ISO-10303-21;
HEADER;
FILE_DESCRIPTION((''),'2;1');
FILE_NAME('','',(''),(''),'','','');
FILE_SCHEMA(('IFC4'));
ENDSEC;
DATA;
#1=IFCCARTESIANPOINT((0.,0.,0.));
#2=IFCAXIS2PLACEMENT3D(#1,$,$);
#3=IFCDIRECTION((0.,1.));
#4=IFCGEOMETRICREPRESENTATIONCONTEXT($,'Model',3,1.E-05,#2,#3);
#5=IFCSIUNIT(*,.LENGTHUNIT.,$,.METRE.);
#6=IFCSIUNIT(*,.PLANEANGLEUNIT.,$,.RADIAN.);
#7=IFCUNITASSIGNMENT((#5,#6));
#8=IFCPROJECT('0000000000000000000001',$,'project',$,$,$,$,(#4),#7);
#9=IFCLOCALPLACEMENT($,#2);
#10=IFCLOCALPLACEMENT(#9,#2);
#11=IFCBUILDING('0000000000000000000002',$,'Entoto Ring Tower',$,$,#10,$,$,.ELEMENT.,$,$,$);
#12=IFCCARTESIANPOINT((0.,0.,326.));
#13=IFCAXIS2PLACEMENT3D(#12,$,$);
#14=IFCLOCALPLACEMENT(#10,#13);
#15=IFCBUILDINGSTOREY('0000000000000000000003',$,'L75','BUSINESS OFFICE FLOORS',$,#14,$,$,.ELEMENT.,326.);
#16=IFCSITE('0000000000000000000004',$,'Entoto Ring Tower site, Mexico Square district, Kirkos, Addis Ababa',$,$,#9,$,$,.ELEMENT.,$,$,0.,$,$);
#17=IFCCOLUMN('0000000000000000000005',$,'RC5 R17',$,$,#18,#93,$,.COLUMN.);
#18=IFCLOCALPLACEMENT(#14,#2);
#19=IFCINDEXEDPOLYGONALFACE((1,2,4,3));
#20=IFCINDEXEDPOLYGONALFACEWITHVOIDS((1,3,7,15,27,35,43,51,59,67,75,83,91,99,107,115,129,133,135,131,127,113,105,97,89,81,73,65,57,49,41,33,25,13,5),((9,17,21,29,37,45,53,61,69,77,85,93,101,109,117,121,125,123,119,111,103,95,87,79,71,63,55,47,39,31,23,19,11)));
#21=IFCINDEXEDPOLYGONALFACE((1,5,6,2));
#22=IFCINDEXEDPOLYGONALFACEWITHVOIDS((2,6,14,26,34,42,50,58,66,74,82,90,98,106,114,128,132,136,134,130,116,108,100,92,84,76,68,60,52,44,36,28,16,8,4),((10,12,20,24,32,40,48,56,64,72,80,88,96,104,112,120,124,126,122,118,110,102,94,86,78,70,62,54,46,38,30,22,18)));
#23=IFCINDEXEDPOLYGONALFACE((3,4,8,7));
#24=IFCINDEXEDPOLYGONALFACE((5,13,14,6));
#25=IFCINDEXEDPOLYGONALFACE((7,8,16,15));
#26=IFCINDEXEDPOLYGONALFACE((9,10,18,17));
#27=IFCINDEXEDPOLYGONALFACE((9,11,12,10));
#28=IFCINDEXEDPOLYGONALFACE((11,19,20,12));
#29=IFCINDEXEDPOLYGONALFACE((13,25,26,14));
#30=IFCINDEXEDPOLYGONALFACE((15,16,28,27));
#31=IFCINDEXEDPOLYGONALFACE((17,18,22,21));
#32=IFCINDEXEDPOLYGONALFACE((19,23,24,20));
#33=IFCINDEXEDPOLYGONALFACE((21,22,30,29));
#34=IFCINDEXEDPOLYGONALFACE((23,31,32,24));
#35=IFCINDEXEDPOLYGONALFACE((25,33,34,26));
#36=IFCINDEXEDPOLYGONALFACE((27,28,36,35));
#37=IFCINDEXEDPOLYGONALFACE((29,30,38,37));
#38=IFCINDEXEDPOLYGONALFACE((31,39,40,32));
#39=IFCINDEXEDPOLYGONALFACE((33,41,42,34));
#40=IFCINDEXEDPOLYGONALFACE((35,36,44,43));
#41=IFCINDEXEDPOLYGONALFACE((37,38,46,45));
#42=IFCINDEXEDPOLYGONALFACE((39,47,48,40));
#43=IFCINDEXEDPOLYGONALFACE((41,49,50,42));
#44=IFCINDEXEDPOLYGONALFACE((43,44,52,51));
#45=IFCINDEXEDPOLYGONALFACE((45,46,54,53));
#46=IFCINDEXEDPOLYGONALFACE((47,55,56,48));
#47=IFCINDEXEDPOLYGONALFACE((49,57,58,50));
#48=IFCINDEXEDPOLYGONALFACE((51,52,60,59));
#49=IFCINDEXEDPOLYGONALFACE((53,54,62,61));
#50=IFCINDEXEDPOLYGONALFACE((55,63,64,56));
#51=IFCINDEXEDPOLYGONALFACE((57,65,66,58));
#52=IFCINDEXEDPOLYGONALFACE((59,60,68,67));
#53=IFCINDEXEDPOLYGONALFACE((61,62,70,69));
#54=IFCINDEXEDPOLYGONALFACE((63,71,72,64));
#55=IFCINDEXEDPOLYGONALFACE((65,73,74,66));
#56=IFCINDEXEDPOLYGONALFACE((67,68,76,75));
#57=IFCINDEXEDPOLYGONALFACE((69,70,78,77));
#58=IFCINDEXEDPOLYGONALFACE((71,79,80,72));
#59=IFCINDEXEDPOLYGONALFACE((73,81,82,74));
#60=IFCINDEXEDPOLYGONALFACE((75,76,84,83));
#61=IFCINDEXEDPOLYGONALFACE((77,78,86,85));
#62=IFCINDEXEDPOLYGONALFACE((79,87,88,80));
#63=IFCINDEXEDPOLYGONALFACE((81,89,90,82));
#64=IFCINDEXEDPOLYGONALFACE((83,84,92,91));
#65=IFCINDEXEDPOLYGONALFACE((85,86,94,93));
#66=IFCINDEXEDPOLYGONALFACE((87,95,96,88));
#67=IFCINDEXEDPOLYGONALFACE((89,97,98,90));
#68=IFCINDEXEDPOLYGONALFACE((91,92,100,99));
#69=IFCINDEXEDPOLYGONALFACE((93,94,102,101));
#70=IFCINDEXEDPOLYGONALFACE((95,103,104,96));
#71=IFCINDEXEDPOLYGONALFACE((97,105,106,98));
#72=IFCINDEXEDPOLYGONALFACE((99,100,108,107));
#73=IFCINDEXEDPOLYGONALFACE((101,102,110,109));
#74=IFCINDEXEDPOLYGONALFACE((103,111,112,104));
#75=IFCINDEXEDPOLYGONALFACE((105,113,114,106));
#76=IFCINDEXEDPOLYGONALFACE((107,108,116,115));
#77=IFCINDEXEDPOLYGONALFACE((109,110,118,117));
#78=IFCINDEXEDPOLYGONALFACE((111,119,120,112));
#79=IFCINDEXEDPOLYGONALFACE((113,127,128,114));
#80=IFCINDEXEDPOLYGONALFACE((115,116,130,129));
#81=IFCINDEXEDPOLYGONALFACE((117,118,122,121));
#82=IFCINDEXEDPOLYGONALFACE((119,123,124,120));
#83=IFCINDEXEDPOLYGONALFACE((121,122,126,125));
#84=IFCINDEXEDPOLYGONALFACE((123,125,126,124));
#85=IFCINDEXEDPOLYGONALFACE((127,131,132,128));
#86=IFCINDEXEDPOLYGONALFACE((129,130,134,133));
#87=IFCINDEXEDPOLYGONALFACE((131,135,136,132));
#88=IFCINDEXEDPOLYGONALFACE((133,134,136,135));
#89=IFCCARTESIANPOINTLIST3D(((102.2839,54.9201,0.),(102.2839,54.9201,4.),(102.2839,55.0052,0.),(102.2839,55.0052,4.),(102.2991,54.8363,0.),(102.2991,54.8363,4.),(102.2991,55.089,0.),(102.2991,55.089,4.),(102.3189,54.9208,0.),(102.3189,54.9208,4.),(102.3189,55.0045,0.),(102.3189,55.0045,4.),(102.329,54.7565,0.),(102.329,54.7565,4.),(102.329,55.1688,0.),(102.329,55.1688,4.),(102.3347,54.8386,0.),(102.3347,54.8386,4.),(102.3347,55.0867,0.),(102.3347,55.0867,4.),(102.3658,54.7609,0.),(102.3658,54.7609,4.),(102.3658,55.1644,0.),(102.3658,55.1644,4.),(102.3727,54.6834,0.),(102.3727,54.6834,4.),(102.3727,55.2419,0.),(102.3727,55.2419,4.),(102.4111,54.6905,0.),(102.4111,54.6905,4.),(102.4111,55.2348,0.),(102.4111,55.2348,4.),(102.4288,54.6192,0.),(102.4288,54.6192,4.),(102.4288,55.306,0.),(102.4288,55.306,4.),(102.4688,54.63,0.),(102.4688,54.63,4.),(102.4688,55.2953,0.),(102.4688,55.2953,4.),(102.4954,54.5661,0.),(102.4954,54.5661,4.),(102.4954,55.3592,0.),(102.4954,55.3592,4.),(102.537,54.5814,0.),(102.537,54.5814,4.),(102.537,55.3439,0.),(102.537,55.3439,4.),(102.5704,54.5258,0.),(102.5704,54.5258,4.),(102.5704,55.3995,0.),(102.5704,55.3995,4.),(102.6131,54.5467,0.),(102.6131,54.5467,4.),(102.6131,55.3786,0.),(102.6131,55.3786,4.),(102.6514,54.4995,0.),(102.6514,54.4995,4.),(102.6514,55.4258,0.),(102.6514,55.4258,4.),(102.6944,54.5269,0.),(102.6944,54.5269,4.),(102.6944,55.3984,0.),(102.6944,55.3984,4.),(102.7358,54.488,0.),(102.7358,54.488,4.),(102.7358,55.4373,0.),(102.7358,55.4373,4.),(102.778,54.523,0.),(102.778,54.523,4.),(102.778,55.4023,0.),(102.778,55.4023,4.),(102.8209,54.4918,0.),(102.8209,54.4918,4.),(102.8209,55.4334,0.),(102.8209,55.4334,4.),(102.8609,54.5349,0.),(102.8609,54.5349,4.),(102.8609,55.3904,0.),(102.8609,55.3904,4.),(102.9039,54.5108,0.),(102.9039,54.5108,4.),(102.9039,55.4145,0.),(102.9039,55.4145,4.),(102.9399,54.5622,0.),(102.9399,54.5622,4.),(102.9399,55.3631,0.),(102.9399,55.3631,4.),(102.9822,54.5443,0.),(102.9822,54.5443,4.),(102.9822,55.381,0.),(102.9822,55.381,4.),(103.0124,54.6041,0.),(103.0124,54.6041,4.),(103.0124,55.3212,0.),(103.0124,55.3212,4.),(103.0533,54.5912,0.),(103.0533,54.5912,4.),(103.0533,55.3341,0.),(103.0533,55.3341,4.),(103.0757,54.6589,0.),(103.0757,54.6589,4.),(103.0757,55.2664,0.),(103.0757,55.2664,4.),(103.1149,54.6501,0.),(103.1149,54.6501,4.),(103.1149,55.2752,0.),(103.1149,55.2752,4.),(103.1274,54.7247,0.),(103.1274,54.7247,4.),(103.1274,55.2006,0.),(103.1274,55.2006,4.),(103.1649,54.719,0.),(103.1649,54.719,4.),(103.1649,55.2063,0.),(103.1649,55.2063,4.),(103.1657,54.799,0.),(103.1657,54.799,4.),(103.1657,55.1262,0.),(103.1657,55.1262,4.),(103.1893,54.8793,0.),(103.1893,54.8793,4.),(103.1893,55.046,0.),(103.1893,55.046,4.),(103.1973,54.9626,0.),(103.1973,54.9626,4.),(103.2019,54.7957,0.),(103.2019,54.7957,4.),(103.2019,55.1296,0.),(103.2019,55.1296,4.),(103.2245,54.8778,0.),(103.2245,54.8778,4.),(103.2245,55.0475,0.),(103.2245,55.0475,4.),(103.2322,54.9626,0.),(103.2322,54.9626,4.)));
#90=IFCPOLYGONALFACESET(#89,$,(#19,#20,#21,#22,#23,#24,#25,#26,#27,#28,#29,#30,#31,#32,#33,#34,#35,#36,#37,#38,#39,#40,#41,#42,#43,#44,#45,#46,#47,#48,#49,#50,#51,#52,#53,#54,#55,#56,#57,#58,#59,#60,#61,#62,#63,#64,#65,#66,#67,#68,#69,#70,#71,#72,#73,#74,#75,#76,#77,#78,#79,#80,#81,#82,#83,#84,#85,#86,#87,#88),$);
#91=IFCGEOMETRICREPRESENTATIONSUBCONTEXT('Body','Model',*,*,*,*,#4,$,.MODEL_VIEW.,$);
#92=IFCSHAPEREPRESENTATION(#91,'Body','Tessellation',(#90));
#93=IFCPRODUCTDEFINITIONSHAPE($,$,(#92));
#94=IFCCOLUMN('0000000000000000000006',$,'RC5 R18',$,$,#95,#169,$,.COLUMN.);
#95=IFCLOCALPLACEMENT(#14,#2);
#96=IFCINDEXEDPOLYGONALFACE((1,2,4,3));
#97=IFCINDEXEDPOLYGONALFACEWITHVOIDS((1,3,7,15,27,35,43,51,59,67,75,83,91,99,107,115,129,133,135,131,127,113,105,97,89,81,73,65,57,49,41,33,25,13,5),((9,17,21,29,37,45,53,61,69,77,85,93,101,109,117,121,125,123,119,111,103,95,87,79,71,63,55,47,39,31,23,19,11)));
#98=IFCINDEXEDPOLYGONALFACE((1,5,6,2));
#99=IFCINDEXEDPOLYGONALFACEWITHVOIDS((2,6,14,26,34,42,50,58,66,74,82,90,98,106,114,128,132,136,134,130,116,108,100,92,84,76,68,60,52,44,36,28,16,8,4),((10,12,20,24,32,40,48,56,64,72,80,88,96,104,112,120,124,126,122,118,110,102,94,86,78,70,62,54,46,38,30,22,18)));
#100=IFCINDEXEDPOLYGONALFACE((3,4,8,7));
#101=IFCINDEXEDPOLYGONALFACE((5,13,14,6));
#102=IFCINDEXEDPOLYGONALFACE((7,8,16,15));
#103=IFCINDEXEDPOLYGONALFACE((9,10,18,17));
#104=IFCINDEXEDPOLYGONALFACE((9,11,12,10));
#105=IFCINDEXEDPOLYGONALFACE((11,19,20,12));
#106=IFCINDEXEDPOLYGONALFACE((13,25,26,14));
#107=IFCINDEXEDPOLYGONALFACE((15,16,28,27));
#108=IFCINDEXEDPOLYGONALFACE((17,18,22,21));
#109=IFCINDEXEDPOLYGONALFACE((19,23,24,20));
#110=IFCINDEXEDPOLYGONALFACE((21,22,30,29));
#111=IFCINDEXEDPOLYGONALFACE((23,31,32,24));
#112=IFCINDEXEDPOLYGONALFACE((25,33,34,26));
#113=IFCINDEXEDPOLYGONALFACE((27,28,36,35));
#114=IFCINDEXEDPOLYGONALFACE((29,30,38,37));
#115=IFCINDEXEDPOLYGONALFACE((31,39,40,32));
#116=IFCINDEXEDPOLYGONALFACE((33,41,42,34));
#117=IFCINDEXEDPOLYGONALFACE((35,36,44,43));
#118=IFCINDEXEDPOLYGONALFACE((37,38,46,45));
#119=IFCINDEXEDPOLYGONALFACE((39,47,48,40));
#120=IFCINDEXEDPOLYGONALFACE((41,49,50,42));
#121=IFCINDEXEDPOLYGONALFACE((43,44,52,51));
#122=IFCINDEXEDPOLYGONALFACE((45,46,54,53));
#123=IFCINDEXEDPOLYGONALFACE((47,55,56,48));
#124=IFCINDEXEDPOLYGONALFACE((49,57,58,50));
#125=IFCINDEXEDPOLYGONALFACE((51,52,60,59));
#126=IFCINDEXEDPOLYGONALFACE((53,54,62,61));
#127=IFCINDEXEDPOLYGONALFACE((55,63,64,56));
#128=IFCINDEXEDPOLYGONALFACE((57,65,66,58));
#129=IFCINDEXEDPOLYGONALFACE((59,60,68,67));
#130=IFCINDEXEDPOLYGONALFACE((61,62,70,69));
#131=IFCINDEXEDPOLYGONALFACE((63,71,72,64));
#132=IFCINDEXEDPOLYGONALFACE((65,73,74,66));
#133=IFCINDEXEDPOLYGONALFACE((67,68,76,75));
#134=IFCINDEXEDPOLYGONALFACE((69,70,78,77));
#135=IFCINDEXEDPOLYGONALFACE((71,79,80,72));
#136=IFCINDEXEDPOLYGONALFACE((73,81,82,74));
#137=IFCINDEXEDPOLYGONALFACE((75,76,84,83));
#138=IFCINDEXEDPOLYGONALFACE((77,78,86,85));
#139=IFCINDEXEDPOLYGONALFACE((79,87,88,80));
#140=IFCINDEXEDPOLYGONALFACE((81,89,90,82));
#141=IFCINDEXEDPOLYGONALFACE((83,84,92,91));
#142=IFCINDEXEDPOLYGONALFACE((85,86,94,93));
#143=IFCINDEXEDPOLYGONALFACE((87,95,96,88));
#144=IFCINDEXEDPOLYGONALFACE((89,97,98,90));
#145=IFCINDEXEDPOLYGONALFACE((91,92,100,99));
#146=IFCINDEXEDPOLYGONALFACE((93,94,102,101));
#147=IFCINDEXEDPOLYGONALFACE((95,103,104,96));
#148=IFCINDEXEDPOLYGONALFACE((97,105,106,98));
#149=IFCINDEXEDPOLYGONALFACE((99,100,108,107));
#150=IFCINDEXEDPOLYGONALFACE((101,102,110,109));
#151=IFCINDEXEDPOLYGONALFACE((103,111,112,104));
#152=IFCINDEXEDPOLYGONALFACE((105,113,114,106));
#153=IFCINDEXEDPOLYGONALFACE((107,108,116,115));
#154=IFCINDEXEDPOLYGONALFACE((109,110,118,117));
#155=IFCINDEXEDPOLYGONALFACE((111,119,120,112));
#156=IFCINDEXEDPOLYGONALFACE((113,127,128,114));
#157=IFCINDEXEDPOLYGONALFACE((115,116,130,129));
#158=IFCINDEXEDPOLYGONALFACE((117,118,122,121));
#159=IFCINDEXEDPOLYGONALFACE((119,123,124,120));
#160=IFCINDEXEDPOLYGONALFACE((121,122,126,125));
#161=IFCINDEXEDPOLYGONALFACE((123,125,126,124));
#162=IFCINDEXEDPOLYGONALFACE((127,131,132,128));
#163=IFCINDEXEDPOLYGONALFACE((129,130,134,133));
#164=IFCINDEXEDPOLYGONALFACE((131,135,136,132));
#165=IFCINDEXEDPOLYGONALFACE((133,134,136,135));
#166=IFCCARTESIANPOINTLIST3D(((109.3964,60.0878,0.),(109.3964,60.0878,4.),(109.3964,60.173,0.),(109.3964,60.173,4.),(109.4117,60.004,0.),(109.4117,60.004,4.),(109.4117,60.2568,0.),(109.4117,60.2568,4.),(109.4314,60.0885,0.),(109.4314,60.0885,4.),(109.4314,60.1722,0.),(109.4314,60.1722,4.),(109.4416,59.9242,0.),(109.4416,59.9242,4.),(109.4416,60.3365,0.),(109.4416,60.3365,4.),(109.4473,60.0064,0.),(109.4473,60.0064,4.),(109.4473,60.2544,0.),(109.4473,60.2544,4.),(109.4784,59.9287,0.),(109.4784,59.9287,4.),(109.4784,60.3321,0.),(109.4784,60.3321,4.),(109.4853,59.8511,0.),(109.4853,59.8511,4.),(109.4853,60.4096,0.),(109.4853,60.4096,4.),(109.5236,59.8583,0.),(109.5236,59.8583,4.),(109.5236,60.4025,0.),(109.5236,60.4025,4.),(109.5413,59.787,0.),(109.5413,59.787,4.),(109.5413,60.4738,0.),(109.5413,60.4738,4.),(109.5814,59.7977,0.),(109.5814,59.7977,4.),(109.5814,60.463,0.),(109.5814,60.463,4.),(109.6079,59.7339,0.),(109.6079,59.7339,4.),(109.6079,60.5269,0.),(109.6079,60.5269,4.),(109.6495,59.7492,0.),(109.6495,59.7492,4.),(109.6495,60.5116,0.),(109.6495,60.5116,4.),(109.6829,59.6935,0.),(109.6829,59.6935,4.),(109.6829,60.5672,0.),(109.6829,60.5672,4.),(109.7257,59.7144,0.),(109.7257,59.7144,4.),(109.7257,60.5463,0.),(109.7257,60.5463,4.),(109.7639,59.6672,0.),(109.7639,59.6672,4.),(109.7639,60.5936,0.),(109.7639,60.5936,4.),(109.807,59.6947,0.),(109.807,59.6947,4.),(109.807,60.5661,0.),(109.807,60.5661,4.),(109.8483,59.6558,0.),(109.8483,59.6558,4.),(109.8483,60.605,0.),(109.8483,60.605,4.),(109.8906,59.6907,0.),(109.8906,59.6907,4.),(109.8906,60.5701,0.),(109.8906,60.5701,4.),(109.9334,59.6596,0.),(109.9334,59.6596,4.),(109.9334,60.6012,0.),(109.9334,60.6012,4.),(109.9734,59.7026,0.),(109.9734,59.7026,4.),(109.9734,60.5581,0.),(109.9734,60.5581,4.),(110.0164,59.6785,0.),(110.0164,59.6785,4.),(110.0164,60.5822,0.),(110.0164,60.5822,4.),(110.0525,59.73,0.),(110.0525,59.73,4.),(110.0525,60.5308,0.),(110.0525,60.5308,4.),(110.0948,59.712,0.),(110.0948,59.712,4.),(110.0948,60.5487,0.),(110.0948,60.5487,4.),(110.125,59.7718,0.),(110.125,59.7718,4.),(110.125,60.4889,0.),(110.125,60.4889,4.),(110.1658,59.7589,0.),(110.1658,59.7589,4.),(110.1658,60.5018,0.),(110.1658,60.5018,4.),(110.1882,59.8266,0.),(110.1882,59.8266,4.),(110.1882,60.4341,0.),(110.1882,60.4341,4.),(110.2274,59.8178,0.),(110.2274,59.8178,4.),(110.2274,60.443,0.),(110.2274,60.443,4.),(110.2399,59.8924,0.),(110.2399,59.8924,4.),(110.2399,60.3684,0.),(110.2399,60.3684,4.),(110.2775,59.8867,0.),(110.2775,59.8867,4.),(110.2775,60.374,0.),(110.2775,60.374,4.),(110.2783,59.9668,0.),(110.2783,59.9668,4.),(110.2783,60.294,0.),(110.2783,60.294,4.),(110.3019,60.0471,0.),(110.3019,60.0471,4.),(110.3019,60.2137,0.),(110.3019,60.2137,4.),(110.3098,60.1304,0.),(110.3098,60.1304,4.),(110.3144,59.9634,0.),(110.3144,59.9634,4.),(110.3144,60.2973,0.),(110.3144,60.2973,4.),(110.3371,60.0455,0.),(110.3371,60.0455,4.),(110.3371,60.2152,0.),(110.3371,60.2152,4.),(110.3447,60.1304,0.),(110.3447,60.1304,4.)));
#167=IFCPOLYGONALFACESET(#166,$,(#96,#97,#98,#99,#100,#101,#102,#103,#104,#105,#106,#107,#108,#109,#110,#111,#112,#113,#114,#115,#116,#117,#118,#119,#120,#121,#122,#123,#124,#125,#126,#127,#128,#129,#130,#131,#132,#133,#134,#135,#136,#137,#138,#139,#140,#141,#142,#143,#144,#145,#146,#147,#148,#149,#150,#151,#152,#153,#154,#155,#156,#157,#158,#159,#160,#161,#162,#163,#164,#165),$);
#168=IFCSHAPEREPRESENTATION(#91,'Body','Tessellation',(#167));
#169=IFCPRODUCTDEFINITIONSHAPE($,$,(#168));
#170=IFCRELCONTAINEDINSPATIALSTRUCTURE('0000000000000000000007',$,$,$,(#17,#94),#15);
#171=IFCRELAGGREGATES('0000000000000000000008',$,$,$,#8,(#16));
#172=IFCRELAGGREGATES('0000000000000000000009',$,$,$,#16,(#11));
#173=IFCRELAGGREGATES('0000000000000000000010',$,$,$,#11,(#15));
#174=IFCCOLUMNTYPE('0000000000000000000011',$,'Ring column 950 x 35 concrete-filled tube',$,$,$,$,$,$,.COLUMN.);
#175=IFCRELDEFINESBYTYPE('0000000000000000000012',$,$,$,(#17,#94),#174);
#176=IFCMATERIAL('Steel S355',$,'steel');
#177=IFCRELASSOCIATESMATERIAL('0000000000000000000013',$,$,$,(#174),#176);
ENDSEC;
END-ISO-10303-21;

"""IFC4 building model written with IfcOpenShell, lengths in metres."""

from ifc_helpers import new_model, si_unit, direction, frame, origin, origin_2d, place, context, subcontext, project, spatial, circle, hollow_circle, extrude, material, material_profile, profile_set, type_object, element, save


model = new_model("IFC4")

# Units and contexts
model_context = context("Model", 3, precision=1e-05, world=origin(), true_north=direction((0.0, 1.0)))
body_context = subcontext(model_context, "Body", "Model", "MODEL_VIEW")
ifc_project = project(units=[si_unit("LENGTHUNIT", "METRE"), si_unit("PLANEANGLEUNIT", "RADIAN")], contexts=[model_context])

# Site, building, storey
site_placement = place(None, origin())
site = spatial("IfcSite", under=ifc_project, at=site_placement, Name="Entoto Ring Tower site, Mexico Square district, Kirkos, Addis Ababa", CompositionType="ELEMENT", RefElevation=0.0)
building_placement = place(site_placement, origin())
building = spatial("IfcBuilding", under=site, at=building_placement, Name="Entoto Ring Tower", CompositionType="ELEMENT")
storey_placement = place(building_placement, frame((0.0, 0.0, 326.0)))
storey = spatial("IfcBuildingStorey", under=building, at=storey_placement, Name="L75", Description="BUSINESS OFFICE FLOORS", CompositionType="ELEMENT", Elevation=326.0)

# Columns
ifc_material_1 = material(Name="Steel S355", Category="steel")
ifc_material_profile_1 = material_profile(ifc_material_1, hollow_circle(Radius=0.4751, WallThickness=0.0349, at=origin_2d()), Name="CHS 950 x 35")
ifc_material_2 = material(Name="Concrete C60/75", Category="concrete")
ifc_material_profile_2 = material_profile(ifc_material_2, circle(Radius=0.4399, at=origin_2d()), Name="Concrete C60/75 infill")
ifc_profile_set_1 = profile_set([ifc_material_profile_1, ifc_material_profile_2], Name="Steel S355")
column_type = type_object("IfcColumnType", Name="Ring column 950 x 35 concrete-filled tube", PredefinedType="COLUMN", material=ifc_profile_set_1)
for number, where, z_axis, x_axis, name in (
    (1, (102.7571, 54.9626, 0.0), (0.0, 0.0, 1.0), (1.0, 0.0, 0.0), "RC5 R17"),
    (2, (109.8696, 60.1304, 0.0), (0.0, 0.0, 1.0), (1.0, 0.0, 0.0), "RC5 R18"),
):
    element("IfcColumn", number, at=place(storey_placement, frame(where, z_axis=z_axis, x_axis=x_axis)), inside=storey, type_object=column_type, Name=name, PredefinedType="COLUMN", context=body_context, shape_type="SweptSolid", body=[
        extrude(hollow_circle(Radius=0.4751, WallThickness=0.0349, at=origin_2d()), origin(), (0.0, 0.0, 1.0), 4.0),
    ])

save(model, "model.ifc")
